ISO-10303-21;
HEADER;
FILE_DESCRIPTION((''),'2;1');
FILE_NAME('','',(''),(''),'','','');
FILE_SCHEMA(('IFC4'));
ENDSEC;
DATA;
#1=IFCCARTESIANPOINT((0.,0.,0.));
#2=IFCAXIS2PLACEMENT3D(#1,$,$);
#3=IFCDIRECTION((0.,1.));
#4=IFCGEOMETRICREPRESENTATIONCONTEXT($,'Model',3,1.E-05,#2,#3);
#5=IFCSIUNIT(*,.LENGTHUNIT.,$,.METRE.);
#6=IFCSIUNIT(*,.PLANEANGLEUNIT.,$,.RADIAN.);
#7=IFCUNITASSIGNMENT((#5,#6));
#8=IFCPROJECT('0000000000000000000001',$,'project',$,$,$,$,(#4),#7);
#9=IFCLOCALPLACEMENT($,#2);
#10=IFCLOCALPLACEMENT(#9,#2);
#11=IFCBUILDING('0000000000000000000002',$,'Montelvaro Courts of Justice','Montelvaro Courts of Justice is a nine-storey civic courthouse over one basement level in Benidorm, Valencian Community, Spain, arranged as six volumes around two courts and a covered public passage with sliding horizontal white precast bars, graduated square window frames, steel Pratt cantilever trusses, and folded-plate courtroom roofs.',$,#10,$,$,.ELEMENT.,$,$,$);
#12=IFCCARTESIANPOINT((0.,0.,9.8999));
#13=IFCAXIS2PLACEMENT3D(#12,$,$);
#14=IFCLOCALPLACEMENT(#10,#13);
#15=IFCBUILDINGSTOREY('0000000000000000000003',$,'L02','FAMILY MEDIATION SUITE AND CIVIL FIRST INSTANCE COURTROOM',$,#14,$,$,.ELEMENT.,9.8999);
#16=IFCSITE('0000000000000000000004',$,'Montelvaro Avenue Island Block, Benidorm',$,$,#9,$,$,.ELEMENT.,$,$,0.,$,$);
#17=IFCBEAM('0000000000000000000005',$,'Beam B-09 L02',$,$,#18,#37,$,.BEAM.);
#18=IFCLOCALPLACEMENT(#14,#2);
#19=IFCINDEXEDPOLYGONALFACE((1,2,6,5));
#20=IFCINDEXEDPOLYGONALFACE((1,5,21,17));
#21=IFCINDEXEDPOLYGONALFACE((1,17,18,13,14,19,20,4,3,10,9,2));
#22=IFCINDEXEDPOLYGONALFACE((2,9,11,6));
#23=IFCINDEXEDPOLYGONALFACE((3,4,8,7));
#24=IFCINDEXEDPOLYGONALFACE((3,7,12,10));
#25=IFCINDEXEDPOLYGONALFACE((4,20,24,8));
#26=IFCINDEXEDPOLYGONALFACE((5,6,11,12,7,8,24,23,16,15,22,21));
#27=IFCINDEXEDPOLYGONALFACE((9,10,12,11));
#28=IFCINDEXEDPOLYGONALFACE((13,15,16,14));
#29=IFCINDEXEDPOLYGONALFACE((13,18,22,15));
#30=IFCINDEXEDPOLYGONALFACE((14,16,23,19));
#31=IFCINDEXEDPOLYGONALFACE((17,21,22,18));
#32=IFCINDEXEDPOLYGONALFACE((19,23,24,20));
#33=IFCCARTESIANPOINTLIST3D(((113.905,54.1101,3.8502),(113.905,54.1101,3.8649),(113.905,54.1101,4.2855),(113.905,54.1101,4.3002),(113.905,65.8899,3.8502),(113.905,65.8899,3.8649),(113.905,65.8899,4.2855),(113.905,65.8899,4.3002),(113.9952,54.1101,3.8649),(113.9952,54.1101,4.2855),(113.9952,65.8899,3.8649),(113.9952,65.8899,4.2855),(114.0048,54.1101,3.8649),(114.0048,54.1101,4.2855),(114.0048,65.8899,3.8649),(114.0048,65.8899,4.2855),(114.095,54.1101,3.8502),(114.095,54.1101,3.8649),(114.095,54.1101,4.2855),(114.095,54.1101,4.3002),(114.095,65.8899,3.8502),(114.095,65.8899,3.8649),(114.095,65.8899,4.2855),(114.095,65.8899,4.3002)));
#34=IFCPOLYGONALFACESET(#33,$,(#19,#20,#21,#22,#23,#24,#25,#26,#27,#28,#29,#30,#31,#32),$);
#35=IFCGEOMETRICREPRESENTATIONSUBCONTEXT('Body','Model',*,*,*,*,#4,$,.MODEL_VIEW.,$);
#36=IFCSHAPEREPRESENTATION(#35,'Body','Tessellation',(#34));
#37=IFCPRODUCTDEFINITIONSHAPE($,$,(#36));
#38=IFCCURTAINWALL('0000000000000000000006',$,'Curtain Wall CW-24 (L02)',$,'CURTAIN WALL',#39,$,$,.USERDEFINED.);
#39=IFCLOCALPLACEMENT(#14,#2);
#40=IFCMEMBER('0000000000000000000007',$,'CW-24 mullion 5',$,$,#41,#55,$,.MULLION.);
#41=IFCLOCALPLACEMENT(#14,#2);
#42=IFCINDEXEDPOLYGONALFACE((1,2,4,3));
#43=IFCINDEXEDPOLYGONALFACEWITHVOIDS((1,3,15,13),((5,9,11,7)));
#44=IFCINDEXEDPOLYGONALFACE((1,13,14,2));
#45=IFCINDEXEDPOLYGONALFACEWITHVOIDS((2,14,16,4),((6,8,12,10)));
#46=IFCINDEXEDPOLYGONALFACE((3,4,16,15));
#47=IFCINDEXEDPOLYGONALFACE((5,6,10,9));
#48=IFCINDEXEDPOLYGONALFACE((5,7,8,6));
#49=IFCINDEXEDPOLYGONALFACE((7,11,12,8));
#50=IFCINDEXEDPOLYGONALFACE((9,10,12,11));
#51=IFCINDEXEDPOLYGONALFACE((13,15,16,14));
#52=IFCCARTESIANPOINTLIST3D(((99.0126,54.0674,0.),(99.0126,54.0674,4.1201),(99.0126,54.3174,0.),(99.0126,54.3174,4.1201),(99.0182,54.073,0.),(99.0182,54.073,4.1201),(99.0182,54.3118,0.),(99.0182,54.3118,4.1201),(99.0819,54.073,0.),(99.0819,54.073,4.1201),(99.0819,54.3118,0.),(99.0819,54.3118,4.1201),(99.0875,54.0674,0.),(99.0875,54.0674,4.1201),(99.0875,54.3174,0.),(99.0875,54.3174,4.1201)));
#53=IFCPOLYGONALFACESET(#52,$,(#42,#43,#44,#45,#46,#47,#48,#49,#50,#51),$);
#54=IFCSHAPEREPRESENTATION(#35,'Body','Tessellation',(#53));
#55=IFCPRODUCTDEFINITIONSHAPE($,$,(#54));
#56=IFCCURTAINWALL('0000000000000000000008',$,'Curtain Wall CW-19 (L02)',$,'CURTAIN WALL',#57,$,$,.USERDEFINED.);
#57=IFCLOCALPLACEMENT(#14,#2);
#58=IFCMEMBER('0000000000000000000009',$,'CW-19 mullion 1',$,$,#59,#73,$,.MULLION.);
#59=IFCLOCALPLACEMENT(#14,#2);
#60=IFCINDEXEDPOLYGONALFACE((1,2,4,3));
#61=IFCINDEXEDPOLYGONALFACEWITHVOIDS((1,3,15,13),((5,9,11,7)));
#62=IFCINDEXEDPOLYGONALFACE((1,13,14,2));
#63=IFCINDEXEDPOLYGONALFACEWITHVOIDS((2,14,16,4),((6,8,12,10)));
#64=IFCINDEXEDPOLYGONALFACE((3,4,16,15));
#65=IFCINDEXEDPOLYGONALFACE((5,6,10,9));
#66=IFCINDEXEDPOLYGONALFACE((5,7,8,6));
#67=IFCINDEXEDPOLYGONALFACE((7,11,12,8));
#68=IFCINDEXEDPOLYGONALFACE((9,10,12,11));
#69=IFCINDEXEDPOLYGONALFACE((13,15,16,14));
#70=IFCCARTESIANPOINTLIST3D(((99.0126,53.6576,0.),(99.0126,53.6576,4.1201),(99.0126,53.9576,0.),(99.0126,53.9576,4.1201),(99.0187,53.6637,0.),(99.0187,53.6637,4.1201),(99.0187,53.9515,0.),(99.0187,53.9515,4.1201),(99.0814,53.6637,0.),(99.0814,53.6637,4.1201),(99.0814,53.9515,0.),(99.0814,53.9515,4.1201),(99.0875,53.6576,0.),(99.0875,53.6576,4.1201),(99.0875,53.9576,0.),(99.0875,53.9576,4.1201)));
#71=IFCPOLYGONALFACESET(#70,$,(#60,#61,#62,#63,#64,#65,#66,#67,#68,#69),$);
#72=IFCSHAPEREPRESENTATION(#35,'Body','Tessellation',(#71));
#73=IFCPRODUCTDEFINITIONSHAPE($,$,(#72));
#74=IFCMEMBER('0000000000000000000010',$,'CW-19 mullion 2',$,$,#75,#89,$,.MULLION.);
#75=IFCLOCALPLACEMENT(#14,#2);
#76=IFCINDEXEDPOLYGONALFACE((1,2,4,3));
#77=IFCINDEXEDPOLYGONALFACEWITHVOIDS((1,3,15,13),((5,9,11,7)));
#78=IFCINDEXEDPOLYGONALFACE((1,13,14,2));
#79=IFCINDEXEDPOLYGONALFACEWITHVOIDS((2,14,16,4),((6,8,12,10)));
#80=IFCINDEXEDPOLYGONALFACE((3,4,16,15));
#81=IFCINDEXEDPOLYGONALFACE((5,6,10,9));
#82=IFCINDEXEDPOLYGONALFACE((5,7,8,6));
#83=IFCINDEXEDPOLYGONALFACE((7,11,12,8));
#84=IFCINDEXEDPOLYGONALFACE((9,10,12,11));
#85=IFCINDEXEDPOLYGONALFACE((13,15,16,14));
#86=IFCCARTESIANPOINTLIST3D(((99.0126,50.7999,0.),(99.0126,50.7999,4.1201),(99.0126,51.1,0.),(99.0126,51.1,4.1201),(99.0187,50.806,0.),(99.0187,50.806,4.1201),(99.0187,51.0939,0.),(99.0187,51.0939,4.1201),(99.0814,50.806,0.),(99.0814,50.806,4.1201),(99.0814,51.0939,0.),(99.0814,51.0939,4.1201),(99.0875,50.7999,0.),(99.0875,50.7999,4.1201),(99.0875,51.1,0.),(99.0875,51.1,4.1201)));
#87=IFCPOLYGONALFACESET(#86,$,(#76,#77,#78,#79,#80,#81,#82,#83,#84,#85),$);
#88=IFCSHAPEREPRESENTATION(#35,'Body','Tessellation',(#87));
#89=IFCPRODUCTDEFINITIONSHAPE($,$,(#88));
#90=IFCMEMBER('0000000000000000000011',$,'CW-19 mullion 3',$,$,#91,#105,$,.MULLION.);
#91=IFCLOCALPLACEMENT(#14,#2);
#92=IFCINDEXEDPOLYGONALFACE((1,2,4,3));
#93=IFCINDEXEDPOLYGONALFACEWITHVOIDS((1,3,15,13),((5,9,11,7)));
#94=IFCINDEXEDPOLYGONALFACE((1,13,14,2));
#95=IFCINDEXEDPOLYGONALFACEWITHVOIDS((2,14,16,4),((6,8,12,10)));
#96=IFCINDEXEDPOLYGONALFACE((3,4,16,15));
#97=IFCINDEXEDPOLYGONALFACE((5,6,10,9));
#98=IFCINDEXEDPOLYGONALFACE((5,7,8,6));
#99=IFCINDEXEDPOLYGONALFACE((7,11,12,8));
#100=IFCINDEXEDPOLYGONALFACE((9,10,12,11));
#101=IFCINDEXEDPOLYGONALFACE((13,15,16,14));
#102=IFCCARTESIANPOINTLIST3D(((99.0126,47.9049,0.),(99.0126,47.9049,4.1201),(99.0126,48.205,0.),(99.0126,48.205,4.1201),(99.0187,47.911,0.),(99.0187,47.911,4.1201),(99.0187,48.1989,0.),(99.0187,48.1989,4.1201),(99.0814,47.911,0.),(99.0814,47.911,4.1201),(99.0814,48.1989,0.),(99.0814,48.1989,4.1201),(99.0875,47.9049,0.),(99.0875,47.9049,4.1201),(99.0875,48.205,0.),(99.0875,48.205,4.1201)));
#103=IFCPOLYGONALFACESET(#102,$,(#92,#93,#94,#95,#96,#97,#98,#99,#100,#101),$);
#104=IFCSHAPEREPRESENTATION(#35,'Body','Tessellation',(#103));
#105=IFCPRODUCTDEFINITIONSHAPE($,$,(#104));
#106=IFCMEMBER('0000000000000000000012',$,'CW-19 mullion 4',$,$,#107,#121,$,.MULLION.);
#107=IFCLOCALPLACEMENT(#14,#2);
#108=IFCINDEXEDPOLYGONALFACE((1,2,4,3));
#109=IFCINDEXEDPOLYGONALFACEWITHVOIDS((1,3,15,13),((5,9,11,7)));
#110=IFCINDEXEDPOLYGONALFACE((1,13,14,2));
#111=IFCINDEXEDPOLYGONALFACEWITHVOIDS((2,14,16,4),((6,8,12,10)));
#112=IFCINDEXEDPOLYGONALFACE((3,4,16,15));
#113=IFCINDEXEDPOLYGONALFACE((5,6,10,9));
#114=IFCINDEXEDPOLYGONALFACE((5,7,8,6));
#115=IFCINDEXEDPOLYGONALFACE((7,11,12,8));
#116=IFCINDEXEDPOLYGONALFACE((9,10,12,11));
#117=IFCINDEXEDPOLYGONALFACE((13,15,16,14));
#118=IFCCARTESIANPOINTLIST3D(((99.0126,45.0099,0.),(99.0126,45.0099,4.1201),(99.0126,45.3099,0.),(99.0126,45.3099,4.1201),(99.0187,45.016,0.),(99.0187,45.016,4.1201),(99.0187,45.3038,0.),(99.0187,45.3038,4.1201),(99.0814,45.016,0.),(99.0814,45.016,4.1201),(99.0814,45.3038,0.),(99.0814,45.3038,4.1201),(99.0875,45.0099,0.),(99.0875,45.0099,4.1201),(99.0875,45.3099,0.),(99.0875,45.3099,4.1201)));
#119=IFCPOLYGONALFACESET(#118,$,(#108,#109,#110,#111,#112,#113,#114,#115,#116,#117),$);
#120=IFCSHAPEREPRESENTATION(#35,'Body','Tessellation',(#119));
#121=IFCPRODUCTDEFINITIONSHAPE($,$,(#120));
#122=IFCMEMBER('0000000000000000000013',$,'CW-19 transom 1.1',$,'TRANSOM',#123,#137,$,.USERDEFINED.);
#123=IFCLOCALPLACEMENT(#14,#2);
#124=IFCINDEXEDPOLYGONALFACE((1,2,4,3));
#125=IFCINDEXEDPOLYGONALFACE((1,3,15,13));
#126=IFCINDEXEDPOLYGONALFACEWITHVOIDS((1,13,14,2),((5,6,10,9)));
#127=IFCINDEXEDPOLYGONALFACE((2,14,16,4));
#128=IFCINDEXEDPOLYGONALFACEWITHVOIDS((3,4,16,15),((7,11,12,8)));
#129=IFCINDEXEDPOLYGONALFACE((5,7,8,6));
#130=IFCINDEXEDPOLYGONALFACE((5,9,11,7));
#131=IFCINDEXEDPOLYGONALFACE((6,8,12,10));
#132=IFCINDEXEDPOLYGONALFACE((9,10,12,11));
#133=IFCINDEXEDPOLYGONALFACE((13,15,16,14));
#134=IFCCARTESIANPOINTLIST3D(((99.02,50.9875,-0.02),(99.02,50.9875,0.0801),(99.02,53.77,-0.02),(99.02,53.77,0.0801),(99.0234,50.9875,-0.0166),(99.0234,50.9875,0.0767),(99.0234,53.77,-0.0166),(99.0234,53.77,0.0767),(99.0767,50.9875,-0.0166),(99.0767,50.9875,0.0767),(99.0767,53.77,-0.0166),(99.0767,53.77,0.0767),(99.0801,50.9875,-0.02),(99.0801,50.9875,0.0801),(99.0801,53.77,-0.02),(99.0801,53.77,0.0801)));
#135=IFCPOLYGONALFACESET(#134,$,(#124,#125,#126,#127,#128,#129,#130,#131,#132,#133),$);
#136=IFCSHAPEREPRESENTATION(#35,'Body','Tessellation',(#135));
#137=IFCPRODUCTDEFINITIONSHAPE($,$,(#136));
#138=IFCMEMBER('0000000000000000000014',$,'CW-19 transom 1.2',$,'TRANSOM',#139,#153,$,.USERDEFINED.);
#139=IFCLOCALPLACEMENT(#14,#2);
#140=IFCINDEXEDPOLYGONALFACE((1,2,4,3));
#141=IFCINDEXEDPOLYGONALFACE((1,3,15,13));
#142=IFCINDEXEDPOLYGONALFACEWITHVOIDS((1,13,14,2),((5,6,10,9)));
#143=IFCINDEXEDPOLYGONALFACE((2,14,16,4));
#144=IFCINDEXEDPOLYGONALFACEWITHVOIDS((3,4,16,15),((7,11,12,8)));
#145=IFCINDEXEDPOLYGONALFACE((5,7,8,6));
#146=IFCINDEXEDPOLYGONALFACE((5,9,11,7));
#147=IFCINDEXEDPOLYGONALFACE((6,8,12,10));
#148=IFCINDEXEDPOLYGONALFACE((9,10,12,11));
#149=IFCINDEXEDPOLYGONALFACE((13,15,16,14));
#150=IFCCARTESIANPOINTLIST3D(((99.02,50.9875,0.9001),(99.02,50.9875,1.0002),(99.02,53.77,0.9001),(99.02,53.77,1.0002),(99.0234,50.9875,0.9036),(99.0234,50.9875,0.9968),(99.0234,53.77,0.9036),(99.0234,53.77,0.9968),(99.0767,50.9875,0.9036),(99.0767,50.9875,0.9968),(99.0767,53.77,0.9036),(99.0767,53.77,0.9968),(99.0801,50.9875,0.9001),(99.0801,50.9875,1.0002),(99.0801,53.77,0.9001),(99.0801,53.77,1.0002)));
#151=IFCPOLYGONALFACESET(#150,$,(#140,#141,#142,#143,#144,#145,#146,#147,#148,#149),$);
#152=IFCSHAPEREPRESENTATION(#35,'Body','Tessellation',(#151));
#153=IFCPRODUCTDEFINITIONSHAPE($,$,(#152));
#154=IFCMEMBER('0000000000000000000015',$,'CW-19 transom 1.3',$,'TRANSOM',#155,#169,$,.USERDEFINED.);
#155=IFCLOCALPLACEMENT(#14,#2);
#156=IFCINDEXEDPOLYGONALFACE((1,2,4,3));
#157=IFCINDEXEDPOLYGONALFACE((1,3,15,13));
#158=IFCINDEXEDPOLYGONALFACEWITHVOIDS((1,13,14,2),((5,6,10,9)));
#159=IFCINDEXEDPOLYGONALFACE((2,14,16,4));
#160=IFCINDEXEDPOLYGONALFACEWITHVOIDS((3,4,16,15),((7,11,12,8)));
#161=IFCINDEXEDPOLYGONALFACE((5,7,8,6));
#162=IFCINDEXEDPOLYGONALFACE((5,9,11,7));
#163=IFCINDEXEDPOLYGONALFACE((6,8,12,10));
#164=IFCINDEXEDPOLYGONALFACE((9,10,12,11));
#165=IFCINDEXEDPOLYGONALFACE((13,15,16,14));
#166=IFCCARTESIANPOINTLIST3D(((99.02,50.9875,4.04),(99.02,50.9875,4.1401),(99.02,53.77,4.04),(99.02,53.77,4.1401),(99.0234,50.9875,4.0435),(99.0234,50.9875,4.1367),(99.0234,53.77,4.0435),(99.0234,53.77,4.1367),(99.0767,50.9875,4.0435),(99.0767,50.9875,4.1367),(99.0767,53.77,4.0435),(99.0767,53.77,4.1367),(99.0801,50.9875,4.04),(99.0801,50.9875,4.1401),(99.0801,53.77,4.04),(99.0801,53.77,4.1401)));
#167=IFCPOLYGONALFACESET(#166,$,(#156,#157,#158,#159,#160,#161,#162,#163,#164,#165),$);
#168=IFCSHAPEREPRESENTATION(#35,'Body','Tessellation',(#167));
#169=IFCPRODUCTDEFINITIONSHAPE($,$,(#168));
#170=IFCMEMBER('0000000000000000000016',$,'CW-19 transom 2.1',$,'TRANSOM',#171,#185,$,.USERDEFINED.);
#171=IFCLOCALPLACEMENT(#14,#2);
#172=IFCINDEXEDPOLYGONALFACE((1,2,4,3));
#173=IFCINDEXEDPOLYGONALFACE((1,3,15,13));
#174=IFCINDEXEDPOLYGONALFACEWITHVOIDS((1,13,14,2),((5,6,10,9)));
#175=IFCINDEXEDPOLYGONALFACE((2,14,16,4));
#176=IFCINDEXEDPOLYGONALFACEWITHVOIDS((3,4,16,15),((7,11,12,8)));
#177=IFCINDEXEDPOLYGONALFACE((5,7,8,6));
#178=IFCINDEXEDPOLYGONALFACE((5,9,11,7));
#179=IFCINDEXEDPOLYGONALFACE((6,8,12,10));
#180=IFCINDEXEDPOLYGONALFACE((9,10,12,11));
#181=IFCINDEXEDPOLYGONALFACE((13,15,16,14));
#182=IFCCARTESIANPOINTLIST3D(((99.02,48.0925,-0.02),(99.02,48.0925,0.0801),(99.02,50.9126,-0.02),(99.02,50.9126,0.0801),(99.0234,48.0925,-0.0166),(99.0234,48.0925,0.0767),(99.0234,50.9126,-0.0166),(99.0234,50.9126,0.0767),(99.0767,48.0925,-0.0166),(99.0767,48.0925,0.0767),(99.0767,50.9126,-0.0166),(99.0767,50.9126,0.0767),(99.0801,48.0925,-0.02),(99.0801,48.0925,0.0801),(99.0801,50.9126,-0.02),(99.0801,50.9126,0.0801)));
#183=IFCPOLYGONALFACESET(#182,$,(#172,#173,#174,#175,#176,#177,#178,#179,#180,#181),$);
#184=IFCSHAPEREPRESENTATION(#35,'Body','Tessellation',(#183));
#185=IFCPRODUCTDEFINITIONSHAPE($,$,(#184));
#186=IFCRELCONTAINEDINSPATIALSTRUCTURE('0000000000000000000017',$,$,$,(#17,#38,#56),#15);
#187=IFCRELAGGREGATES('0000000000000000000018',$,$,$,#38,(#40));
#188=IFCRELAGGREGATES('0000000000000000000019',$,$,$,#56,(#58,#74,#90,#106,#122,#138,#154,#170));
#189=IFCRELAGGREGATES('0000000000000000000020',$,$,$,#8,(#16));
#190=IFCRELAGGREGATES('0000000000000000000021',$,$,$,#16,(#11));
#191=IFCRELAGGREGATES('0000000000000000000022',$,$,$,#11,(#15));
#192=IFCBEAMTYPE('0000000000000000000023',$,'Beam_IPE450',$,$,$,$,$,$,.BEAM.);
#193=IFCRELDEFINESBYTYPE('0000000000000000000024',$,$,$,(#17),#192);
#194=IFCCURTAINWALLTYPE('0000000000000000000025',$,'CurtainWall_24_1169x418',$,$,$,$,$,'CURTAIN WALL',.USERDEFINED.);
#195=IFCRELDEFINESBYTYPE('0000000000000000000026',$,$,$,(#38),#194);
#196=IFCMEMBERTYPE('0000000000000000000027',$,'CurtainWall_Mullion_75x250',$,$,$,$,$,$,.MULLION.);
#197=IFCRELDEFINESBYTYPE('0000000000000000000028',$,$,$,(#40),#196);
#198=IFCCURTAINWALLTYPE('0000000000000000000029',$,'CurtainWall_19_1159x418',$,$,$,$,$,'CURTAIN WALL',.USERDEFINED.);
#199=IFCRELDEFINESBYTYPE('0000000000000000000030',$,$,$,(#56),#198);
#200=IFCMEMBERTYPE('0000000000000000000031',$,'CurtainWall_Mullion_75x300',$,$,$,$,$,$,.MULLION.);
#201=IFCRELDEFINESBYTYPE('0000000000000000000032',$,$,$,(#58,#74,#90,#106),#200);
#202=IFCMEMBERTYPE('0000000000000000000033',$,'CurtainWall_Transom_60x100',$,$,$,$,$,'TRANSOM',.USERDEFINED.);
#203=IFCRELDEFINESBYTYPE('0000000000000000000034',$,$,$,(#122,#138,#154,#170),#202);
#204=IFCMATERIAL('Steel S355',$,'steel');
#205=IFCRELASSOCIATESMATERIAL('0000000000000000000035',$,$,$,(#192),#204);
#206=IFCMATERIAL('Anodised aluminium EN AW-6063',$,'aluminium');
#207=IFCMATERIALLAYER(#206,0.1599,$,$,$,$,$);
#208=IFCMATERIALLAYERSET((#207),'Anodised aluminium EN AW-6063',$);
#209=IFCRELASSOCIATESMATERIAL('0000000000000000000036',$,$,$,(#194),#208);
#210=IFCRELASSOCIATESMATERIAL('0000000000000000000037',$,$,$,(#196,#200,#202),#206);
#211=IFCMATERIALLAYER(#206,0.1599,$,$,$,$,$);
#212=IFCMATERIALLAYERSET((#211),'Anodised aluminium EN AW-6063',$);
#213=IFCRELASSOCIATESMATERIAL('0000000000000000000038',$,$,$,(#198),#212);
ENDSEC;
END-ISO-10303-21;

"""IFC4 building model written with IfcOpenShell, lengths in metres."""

from ifc_helpers import new_model, si_unit, direction, frame, origin, origin_2d, place, context, subcontext, project, spatial, hollow_rectangle, i_section, extrude, material, layer, layer_set, material_profile, profile_set, type_object, element, aggregate, save


model = new_model("IFC4")

# Units and contexts
model_context = context("Model", 3, precision=1e-05, world=origin(), true_north=direction((0.0, 1.0)))
body_context = subcontext(model_context, "Body", "Model", "MODEL_VIEW")
ifc_project = project(units=[si_unit("LENGTHUNIT", "METRE"), si_unit("PLANEANGLEUNIT", "RADIAN")], contexts=[model_context])

# Site, building, storey
site_placement = place(None, origin())
site = spatial("IfcSite", under=ifc_project, at=site_placement, Name="Montelvaro Avenue Island Block, Benidorm", CompositionType="ELEMENT", RefElevation=0.0)
building_placement = place(site_placement, origin())
building = spatial("IfcBuilding", under=site, at=building_placement, Name="Montelvaro Courts of Justice", Description="Montelvaro Courts of Justice is a nine-storey civic courthouse over one basement level in Benidorm, Valencian Community, Spain, arranged as six volumes around two courts and a covered public passage with sliding horizontal white precast bars, graduated square window frames, steel Pratt cantilever trusses, and folded-plate courtroom roofs.", CompositionType="ELEMENT")
storey_placement = place(building_placement, frame((0.0, 0.0, 9.8999)))
storey = spatial("IfcBuildingStorey", under=building, at=storey_placement, Name="L02", Description="FAMILY MEDIATION SUITE AND CIVIL FIRST INSTANCE COURTROOM", CompositionType="ELEMENT", Elevation=9.8999)

# Shared definitions
ifc_material_1 = material(Name="Steel S355", Category="steel")

# Beam
ifc_material_profile_1 = material_profile(ifc_material_1, i_section(OverallWidth=0.1899, OverallDepth=0.45, WebThickness=0.0095, FlangeThickness=0.0146, at=origin_2d()), Name="IPE 450")
ifc_profile_set_1 = profile_set([ifc_material_profile_1], Name="Steel S355")
beam_type_1 = type_object("IfcBeamType", Name="Beam_IPE450", PredefinedType="BEAM", material=ifc_profile_set_1)
beam_1_placement = place(storey_placement, frame((114.0, 54.1101, 4.0752), z_axis=(0.0, 1.0, 0.0), x_axis=(-1.0, 0.0, 0.0)))
element("IfcBeam", 1, at=beam_1_placement, inside=storey, type_object=beam_type_1, Name="Beam B-09 L02", PredefinedType="BEAM", context=body_context, shape_type="SweptSolid", body=[
    extrude(i_section(OverallWidth=0.1899, OverallDepth=0.45, WebThickness=0.0095, FlangeThickness=0.0146, at=origin_2d()), origin(), (0.0, 0.0, 1.0), 11.7798),
])

# Curtain wall, member
ifc_material_2 = material(Name="Anodised aluminium EN AW-6063", Category="aluminium")
ifc_layer_1 = layer(ifc_material_2, 0.1599)
ifc_layer_set_1 = layer_set([ifc_layer_1], Name="Anodised aluminium EN AW-6063")
curtain_wall_type_1 = type_object("IfcCurtainWallType", Name="CurtainWall_24_1169x418", ElementType="CURTAIN WALL", PredefinedType="USERDEFINED", material=ifc_layer_set_1)
curtain_wall_1_placement = place(storey_placement, origin())
curtain_wall_1 = element("IfcCurtainWall", 2, at=curtain_wall_1_placement, inside=storey, type_object=curtain_wall_type_1, Name="Curtain Wall CW-24 (L02)", ObjectType="CURTAIN WALL", PredefinedType="USERDEFINED")
ifc_material_profile_2 = material_profile(ifc_material_2, hollow_rectangle(XDim=0.075, YDim=0.25, WallThickness=0.0056, at=origin_2d()), Name="ALU-M 75x250")
ifc_profile_set_2 = profile_set([ifc_material_profile_2], Name="Anodised aluminium EN AW-6063")
member_type_1 = type_object("IfcMemberType", Name="CurtainWall_Mullion_75x250", PredefinedType="MULLION", material=ifc_profile_set_2)
member_1_placement = place(storey_placement, frame((99.05, 54.1924, 0.0), z_axis=(0.0, 0.0, 1.0), x_axis=(1.0, 0.0, 0.0)))
member_1 = element("IfcMember", 3, at=member_1_placement, type_object=member_type_1, Name="CW-24 mullion 5", PredefinedType="MULLION", context=body_context, shape_type="SweptSolid", body=[
    extrude(hollow_rectangle(XDim=0.075, YDim=0.25, WallThickness=0.0056, at=origin_2d()), origin(), (0.0, 0.0, 1.0), 4.1201),
])
aggregate(curtain_wall_1, [member_1])

# Curtain wall, members
ifc_layer_2 = layer(ifc_material_2, 0.1599)
ifc_layer_set_2 = layer_set([ifc_layer_2], Name="Anodised aluminium EN AW-6063")
curtain_wall_type_2 = type_object("IfcCurtainWallType", Name="CurtainWall_19_1159x418", ElementType="CURTAIN WALL", PredefinedType="USERDEFINED", material=ifc_layer_set_2)
curtain_wall_2_placement = place(storey_placement, origin())
curtain_wall_2 = element("IfcCurtainWall", 4, at=curtain_wall_2_placement, inside=storey, type_object=curtain_wall_type_2, Name="Curtain Wall CW-19 (L02)", ObjectType="CURTAIN WALL", PredefinedType="USERDEFINED")
ifc_material_profile_3 = material_profile(ifc_material_2, hollow_rectangle(XDim=0.075, YDim=0.3, WallThickness=0.0061, at=origin_2d()), Name="ALU-M 75x300")
ifc_profile_set_3 = profile_set([ifc_material_profile_3], Name="Anodised aluminium EN AW-6063")
member_type_2 = type_object("IfcMemberType", Name="CurtainWall_Mullion_75x300", PredefinedType="MULLION", material=ifc_profile_set_3)
member_2_placement = place(storey_placement, frame((99.05, 53.8076, 0.0), z_axis=(0.0, 0.0, 1.0), x_axis=(1.0, 0.0, 0.0)))
member_2 = element("IfcMember", 5, at=member_2_placement, type_object=member_type_2, Name="CW-19 mullion 1", PredefinedType="MULLION", context=body_context, shape_type="SweptSolid", body=[
    extrude(hollow_rectangle(XDim=0.075, YDim=0.3, WallThickness=0.0061, at=origin_2d()), origin(), (0.0, 0.0, 1.0), 4.1201),
])
member_3_placement = place(storey_placement, frame((99.05, 50.95, 0.0), z_axis=(0.0, 0.0, 1.0), x_axis=(1.0, 0.0, 0.0)))
member_3 = element("IfcMember", 6, at=member_3_placement, type_object=member_type_2, Name="CW-19 mullion 2", PredefinedType="MULLION", context=body_context, shape_type="SweptSolid", body=[
    extrude(hollow_rectangle(XDim=0.075, YDim=0.3, WallThickness=0.0061, at=origin_2d()), origin(), (0.0, 0.0, 1.0), 4.1201),
])
member_4_placement = place(storey_placement, frame((99.05, 48.0549, 0.0), z_axis=(0.0, 0.0, 1.0), x_axis=(1.0, 0.0, 0.0)))
member_4 = element("IfcMember", 7, at=member_4_placement, type_object=member_type_2, Name="CW-19 mullion 3", PredefinedType="MULLION", context=body_context, shape_type="SweptSolid", body=[
    extrude(hollow_rectangle(XDim=0.075, YDim=0.3, WallThickness=0.0061, at=origin_2d()), origin(), (0.0, 0.0, 1.0), 4.1201),
])
member_5_placement = place(storey_placement, frame((99.05, 45.1599, 0.0), z_axis=(0.0, 0.0, 1.0), x_axis=(1.0, 0.0, 0.0)))
member_5 = element("IfcMember", 8, at=member_5_placement, type_object=member_type_2, Name="CW-19 mullion 4", PredefinedType="MULLION", context=body_context, shape_type="SweptSolid", body=[
    extrude(hollow_rectangle(XDim=0.075, YDim=0.3, WallThickness=0.0061, at=origin_2d()), origin(), (0.0, 0.0, 1.0), 4.1201),
])
ifc_material_profile_4 = material_profile(ifc_material_2, hollow_rectangle(XDim=0.0601, YDim=0.1001, WallThickness=0.0034, at=origin_2d()), Name="ALU-T 60x100")
ifc_profile_set_4 = profile_set([ifc_material_profile_4], Name="Anodised aluminium EN AW-6063")
member_type_3 = type_object("IfcMemberType", Name="CurtainWall_Transom_60x100", ElementType="TRANSOM", PredefinedType="USERDEFINED", material=ifc_profile_set_4)
member_6_placement = place(storey_placement, frame((99.05, 53.77, 0.03), z_axis=(0.0, -1.0, 0.0), x_axis=(1.0, 0.0, 0.0)))
member_6 = element("IfcMember", 9, at=member_6_placement, type_object=member_type_3, Name="CW-19 transom 1.1", ObjectType="TRANSOM", PredefinedType="USERDEFINED", context=body_context, shape_type="SweptSolid", body=[
    extrude(hollow_rectangle(XDim=0.0601, YDim=0.1001, WallThickness=0.0034, at=origin_2d()), origin(), (0.0, 0.0, 1.0), 2.7825),
])
member_7_placement = place(storey_placement, frame((99.05, 53.77, 0.9502), z_axis=(0.0, -1.0, 0.0), x_axis=(1.0, 0.0, 0.0)))
member_7 = element("IfcMember", 10, at=member_7_placement, type_object=member_type_3, Name="CW-19 transom 1.2", ObjectType="TRANSOM", PredefinedType="USERDEFINED", context=body_context, shape_type="SweptSolid", body=[
    extrude(hollow_rectangle(XDim=0.0601, YDim=0.1001, WallThickness=0.0034, at=origin_2d()), origin(), (0.0, 0.0, 1.0), 2.7825),
])
member_8_placement = place(storey_placement, frame((99.05, 53.77, 4.0901), z_axis=(0.0, -1.0, 0.0), x_axis=(1.0, 0.0, 0.0)))
member_8 = element("IfcMember", 11, at=member_8_placement, type_object=member_type_3, Name="CW-19 transom 1.3", ObjectType="TRANSOM", PredefinedType="USERDEFINED", context=body_context, shape_type="SweptSolid", body=[
    extrude(hollow_rectangle(XDim=0.0601, YDim=0.1001, WallThickness=0.0034, at=origin_2d()), origin(), (0.0, 0.0, 1.0), 2.7825),
])
member_9_placement = place(storey_placement, frame((99.05, 50.9126, 0.03), z_axis=(0.0, -1.0, 0.0), x_axis=(1.0, 0.0, 0.0)))
member_9 = element("IfcMember", 12, at=member_9_placement, type_object=member_type_3, Name="CW-19 transom 2.1", ObjectType="TRANSOM", PredefinedType="USERDEFINED", context=body_context, shape_type="SweptSolid", body=[
    extrude(hollow_rectangle(XDim=0.0601, YDim=0.1001, WallThickness=0.0034, at=origin_2d()), origin(), (0.0, 0.0, 1.0), 2.8201),
])
aggregate(curtain_wall_2, [member_2, member_3, member_4, member_5, member_6, member_7, member_8, member_9])

save(model, "model.ifc")
